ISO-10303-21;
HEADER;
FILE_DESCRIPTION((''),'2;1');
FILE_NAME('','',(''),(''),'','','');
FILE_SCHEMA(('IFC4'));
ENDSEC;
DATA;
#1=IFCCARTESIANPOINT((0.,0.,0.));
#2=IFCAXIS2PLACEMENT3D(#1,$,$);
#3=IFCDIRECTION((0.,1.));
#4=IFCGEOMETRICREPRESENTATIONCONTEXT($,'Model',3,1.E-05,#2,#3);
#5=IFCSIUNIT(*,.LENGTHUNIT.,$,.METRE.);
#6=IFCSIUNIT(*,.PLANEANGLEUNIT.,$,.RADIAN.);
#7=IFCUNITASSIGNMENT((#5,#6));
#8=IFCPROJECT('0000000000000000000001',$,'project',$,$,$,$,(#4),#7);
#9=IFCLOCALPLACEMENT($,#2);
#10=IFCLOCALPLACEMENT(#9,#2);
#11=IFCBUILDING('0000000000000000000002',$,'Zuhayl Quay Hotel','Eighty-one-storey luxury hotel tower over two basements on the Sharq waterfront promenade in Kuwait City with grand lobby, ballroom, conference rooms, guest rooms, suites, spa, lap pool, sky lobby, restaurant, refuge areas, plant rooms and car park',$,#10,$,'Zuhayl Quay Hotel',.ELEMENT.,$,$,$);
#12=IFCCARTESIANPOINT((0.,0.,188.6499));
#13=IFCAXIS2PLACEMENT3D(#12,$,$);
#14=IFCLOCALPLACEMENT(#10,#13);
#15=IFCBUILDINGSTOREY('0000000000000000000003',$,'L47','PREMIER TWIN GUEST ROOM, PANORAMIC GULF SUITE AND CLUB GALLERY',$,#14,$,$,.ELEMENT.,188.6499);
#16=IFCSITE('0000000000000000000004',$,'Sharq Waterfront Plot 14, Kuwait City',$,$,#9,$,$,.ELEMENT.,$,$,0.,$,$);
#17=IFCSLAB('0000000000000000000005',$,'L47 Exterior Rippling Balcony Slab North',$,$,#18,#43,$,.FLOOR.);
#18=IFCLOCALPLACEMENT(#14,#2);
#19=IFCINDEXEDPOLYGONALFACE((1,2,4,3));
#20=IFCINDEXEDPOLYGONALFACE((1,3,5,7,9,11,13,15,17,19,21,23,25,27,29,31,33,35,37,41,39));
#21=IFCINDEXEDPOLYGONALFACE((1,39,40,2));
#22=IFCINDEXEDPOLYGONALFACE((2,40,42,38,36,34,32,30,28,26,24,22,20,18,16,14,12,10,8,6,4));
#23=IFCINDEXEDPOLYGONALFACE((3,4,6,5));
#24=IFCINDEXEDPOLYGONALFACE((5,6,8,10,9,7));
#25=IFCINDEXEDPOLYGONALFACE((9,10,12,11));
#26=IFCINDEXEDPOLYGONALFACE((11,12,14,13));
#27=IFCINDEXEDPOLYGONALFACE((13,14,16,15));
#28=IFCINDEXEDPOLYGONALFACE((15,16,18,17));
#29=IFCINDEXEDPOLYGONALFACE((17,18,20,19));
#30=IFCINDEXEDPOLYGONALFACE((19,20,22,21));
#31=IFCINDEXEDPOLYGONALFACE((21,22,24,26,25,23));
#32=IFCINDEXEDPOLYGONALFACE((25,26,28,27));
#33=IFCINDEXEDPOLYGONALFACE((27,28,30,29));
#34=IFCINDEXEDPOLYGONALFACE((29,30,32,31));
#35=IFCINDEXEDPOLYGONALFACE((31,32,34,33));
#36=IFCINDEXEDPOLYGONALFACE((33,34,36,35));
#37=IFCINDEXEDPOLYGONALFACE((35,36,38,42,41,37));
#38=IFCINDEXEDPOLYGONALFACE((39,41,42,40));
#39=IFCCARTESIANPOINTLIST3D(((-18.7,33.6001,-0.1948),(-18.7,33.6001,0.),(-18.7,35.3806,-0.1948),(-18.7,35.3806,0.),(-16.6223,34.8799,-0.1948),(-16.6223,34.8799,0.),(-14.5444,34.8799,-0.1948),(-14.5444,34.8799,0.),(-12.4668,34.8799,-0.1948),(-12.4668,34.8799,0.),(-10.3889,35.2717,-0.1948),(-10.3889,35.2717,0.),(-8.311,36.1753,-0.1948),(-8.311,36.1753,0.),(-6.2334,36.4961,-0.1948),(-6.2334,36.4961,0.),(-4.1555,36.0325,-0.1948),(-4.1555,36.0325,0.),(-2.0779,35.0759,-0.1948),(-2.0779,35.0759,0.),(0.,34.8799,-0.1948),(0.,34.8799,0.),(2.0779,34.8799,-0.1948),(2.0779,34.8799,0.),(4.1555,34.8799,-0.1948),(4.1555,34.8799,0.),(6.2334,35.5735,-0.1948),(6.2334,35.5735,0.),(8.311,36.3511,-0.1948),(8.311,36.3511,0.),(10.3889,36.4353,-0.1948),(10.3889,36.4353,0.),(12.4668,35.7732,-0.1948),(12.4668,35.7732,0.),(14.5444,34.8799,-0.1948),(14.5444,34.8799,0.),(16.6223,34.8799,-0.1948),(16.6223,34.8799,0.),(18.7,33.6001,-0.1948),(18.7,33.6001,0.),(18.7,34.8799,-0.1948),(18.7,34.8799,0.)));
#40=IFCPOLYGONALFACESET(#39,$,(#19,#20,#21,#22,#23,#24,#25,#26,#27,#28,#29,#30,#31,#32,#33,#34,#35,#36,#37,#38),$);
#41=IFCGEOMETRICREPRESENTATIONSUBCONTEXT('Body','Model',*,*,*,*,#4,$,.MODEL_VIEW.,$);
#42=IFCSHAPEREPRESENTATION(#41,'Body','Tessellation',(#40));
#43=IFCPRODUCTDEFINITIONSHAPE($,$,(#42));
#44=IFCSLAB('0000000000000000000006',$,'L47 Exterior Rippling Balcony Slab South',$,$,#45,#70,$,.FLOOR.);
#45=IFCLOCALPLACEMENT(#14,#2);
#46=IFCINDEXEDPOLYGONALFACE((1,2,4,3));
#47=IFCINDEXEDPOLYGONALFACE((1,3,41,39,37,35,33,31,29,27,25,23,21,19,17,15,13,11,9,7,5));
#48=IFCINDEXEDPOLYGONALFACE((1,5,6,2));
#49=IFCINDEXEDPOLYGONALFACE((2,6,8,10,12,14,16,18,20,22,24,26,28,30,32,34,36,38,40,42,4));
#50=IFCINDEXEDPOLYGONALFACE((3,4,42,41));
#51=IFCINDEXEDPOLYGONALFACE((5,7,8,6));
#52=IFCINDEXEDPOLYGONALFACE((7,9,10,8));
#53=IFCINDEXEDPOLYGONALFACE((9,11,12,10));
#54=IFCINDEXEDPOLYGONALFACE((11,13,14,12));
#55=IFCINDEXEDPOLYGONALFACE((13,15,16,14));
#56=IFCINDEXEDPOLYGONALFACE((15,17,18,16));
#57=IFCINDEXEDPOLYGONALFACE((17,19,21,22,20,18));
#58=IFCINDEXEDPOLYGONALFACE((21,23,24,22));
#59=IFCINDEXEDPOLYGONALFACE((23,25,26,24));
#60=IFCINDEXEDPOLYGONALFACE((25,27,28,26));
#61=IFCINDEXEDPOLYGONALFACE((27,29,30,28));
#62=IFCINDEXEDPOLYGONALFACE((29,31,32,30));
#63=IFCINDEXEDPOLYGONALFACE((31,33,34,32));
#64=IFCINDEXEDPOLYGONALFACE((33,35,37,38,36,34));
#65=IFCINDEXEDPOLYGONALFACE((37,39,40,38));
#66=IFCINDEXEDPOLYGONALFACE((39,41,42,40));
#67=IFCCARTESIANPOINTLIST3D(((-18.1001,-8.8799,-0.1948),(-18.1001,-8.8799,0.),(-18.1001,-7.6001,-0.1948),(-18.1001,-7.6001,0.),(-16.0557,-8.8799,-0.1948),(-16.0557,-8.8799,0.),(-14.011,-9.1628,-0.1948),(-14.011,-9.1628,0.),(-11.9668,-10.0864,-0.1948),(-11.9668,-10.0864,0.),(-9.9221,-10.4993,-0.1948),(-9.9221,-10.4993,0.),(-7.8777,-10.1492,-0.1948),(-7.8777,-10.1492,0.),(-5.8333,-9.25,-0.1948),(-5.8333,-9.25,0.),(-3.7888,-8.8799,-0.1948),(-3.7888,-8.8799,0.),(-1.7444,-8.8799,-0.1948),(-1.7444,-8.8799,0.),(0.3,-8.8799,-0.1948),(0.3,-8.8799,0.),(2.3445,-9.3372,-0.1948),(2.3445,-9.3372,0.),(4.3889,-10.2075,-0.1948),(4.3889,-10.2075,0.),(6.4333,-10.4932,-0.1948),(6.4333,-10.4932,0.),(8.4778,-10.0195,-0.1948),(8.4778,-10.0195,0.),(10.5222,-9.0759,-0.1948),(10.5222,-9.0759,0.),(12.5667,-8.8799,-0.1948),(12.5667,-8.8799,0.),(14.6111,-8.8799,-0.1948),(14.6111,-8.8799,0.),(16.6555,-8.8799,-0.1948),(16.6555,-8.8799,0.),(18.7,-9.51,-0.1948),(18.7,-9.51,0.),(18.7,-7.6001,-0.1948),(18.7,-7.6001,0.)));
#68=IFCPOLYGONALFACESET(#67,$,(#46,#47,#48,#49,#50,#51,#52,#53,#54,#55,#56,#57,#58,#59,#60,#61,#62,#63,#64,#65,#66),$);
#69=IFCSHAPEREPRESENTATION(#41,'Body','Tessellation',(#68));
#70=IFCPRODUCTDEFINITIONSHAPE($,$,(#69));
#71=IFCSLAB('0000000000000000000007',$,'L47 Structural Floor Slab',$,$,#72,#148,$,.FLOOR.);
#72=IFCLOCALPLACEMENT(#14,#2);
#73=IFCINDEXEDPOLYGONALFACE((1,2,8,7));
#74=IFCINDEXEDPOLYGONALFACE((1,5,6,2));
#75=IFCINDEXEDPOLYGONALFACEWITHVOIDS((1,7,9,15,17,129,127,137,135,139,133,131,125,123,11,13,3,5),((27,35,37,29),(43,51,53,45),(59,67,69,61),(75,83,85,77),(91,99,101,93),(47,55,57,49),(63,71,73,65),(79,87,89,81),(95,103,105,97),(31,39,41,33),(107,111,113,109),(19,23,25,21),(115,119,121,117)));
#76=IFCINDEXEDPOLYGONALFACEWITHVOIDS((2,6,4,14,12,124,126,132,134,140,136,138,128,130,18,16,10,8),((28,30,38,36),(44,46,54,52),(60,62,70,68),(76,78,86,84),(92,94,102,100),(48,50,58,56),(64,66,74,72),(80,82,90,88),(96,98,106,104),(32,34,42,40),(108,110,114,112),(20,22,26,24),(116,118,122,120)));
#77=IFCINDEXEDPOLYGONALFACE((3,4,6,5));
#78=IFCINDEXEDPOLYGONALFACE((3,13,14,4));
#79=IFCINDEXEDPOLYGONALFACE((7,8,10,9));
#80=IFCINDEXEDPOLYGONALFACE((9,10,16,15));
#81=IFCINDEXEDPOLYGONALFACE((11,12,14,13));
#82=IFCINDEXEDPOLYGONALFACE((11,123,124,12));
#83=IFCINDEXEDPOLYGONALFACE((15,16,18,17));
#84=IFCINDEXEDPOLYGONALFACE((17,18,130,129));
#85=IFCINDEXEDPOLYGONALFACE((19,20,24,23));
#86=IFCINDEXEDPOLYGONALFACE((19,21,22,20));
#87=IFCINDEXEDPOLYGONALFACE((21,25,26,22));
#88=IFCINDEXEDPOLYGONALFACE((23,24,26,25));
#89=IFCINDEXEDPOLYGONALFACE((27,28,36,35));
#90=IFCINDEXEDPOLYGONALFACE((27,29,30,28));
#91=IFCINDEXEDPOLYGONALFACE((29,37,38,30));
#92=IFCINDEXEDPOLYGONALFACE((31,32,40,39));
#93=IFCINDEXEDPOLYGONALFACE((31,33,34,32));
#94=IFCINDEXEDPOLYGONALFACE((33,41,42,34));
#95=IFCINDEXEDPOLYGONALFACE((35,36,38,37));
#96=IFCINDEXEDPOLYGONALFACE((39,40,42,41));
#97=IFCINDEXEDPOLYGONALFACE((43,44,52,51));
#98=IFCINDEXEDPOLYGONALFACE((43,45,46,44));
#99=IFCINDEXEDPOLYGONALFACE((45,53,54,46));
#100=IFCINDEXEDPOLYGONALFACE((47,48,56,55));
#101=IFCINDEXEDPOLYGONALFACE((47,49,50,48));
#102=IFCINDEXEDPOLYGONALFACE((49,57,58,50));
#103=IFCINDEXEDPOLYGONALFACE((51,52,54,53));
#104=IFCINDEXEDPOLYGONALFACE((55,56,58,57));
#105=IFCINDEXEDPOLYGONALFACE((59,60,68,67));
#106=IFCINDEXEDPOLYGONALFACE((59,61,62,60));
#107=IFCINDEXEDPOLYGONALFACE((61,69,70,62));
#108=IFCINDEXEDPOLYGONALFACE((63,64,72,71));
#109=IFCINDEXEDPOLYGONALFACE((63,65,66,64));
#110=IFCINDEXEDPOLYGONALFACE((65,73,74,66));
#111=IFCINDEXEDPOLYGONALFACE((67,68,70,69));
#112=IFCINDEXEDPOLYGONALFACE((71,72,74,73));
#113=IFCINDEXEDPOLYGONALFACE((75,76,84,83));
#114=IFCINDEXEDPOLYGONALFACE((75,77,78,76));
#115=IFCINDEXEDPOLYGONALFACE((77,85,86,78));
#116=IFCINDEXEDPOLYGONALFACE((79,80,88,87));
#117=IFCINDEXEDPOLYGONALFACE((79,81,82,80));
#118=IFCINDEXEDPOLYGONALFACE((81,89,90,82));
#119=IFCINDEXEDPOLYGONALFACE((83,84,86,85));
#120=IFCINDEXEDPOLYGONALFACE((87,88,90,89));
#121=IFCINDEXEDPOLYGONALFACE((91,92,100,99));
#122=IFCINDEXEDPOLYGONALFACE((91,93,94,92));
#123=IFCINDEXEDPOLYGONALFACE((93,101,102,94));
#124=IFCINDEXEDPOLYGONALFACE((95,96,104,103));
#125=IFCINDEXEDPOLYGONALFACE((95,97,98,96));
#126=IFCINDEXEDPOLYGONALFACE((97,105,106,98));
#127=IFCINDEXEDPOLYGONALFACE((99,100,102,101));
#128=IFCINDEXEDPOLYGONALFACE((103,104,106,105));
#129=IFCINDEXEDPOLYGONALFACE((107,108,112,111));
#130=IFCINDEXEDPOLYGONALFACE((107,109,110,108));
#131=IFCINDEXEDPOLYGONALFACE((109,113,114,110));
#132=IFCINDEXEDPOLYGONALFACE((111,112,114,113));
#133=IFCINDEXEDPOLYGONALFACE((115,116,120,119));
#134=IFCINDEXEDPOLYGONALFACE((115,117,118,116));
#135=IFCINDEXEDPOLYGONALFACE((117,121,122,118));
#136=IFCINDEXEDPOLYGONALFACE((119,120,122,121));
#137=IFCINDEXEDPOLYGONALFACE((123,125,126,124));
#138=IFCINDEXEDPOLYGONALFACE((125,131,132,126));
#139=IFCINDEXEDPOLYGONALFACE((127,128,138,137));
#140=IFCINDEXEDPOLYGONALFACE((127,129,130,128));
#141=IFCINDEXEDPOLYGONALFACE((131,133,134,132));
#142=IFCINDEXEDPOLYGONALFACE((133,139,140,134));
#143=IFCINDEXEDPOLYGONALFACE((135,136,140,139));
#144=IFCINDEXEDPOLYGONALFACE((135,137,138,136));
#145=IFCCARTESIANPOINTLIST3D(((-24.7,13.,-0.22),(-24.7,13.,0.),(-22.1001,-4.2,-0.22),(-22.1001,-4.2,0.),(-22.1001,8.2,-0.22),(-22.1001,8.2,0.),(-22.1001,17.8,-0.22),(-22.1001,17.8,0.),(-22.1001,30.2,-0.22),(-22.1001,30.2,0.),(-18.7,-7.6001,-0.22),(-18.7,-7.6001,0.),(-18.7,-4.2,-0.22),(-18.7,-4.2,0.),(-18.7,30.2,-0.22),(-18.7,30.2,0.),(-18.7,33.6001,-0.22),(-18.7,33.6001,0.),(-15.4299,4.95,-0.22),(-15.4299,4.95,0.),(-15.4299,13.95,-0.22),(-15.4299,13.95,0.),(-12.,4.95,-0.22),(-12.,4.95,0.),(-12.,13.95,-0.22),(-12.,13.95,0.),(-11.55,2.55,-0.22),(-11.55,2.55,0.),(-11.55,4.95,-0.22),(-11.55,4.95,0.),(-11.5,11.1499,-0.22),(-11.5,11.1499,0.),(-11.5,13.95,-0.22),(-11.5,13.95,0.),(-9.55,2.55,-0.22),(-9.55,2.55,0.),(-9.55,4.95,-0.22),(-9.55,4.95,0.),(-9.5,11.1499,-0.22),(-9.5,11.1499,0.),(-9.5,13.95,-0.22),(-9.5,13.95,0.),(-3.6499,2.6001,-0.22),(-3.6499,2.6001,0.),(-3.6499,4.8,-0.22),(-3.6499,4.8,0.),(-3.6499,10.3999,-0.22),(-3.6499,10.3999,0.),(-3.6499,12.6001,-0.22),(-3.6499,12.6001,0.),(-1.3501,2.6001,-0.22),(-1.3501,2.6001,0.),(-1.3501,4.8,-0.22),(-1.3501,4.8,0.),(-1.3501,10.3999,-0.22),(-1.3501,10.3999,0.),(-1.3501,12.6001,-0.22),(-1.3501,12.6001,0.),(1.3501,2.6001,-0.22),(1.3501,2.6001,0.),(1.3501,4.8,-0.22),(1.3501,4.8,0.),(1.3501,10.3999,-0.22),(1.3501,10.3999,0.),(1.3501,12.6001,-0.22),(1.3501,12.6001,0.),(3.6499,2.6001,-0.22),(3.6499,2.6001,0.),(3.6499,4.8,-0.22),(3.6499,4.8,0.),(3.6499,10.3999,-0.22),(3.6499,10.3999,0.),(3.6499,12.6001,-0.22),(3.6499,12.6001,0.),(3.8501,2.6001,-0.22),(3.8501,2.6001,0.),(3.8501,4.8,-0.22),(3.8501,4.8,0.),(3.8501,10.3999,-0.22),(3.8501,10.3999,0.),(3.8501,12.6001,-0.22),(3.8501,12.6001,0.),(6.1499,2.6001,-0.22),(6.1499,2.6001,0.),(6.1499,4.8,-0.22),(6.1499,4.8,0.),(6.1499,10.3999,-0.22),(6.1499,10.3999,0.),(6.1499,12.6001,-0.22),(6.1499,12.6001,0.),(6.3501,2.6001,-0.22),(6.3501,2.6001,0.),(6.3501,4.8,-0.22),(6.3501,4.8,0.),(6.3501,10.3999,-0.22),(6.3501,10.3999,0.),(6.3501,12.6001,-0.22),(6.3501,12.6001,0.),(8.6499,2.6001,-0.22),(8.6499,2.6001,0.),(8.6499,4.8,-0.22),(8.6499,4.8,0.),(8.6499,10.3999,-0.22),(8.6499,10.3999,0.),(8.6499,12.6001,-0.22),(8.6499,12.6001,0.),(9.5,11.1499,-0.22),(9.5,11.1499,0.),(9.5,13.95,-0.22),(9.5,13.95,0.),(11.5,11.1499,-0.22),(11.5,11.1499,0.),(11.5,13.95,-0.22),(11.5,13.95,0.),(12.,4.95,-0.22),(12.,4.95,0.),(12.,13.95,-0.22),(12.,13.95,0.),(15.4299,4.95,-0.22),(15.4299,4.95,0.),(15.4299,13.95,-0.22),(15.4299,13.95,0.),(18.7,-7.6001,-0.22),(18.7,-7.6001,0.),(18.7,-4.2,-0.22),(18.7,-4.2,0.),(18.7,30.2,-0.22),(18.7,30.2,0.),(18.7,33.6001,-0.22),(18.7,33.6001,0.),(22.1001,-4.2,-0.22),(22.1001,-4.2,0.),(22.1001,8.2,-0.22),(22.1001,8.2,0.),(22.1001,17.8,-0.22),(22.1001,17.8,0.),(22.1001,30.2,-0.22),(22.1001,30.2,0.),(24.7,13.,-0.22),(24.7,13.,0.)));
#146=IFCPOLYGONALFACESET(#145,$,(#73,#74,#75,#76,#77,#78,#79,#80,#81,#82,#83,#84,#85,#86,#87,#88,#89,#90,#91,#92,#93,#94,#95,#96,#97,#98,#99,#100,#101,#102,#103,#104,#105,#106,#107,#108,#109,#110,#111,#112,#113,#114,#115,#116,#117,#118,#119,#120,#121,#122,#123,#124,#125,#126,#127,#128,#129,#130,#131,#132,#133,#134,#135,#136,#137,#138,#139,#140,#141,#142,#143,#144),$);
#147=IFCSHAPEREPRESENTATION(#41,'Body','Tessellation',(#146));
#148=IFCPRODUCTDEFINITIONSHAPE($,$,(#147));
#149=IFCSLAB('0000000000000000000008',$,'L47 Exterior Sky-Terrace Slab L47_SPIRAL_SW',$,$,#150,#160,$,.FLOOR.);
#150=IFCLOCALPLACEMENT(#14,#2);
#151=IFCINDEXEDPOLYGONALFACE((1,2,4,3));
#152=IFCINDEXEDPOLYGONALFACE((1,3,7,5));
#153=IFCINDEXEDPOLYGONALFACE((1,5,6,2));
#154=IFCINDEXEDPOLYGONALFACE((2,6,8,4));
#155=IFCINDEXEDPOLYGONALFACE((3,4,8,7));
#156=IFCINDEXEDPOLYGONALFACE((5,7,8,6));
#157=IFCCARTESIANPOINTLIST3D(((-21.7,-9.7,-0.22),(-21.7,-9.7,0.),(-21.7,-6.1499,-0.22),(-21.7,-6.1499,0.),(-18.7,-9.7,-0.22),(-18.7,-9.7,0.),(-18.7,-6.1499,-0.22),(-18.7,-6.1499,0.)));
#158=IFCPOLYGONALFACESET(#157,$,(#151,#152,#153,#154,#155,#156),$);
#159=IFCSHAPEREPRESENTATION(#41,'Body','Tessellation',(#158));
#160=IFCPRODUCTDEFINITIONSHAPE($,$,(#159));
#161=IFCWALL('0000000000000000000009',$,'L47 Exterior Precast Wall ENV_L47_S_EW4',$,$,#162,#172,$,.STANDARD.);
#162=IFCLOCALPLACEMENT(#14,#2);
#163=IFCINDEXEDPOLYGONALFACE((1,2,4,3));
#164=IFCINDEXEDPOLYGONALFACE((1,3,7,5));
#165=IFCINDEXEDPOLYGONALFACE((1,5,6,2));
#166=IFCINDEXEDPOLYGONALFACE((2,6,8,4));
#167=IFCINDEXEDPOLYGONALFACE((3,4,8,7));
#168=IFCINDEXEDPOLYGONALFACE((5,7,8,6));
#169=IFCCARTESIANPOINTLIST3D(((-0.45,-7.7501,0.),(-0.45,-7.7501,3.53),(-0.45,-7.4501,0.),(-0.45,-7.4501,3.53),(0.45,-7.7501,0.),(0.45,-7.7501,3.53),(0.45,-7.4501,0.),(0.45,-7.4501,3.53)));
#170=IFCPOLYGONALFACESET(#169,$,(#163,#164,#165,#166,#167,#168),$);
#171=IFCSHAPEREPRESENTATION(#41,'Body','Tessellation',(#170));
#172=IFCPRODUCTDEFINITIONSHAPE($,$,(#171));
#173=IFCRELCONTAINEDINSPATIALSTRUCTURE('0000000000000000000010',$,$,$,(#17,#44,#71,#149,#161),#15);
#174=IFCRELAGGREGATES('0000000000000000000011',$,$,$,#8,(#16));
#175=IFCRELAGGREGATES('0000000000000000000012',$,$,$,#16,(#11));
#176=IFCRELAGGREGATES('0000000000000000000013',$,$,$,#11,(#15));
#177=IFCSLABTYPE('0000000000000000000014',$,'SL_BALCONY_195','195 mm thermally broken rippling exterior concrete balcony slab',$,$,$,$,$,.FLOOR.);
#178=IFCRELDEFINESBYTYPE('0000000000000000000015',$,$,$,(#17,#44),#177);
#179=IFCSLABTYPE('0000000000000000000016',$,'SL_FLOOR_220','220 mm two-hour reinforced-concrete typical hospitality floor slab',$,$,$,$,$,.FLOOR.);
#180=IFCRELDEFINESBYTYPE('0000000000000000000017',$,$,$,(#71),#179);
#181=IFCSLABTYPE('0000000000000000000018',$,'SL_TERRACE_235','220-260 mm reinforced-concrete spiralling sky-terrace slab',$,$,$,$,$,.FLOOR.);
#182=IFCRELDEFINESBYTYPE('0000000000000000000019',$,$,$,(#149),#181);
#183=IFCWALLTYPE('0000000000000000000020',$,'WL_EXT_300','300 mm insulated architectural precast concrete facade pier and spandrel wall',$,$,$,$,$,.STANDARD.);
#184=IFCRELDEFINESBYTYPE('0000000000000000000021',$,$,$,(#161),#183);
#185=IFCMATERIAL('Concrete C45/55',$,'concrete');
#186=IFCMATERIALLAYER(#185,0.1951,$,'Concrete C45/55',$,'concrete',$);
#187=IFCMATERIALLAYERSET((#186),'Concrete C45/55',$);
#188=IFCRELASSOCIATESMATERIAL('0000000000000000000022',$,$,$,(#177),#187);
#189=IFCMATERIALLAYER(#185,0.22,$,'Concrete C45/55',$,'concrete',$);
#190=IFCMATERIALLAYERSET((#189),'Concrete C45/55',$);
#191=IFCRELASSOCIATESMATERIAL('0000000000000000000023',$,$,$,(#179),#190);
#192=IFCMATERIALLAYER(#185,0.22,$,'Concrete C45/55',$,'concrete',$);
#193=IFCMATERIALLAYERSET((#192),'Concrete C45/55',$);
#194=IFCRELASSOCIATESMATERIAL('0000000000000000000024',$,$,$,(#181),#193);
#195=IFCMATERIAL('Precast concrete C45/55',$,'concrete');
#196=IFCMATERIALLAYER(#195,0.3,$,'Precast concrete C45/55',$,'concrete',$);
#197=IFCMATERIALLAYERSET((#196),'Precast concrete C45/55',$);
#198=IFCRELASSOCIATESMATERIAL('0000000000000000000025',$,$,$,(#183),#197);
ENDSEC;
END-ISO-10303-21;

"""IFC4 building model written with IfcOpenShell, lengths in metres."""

from ifc_helpers import new_model, si_unit, direction, frame, frame_2d, origin, place, context, subcontext, project, spatial, polyline, rectangle, outline, extrude, material, layer, layer_set, type_object, element, save


model = new_model("IFC4")

# Units and contexts
model_context = context("Model", 3, precision=1e-05, world=origin(), true_north=direction((0.0, 1.0)))
body_context = subcontext(model_context, "Body", "Model", "MODEL_VIEW")
ifc_project = project(units=[si_unit("LENGTHUNIT", "METRE"), si_unit("PLANEANGLEUNIT", "RADIAN")], contexts=[model_context])

# Site, building, storey
site_placement = place(None, origin())
site = spatial("IfcSite", under=ifc_project, at=site_placement, Name="Sharq Waterfront Plot 14, Kuwait City", CompositionType="ELEMENT", RefElevation=0.0)
building_placement = place(site_placement, origin())
building = spatial("IfcBuilding", under=site, at=building_placement, Name="Zuhayl Quay Hotel", Description="Eighty-one-storey luxury hotel tower over two basements on the Sharq waterfront promenade in Kuwait City with grand lobby, ballroom, conference rooms, guest rooms, suites, spa, lap pool, sky lobby, restaurant, refuge areas, plant rooms and car park", LongName="Zuhayl Quay Hotel", CompositionType="ELEMENT")
storey_placement = place(building_placement, frame((0.0, 0.0, 188.6499)))
storey = spatial("IfcBuildingStorey", under=building, at=storey_placement, Name="L47", Description="PREMIER TWIN GUEST ROOM, PANORAMIC GULF SUITE AND CLUB GALLERY", CompositionType="ELEMENT", Elevation=188.6499)

# Slabs
ifc_material_1 = material(Name="Concrete C45/55", Category="concrete")
ifc_layer_1 = layer(ifc_material_1, 0.1951, Name="Concrete C45/55", Category="concrete")
ifc_layer_set_1 = layer_set([ifc_layer_1], Name="Concrete C45/55")
slab_type_1 = type_object("IfcSlabType", Name="SL_BALCONY_195", Description="195 mm thermally broken rippling exterior concrete balcony slab", PredefinedType="FLOOR", material=ifc_layer_set_1)
slab_1_placement = place(storey_placement, frame((0.0, 0.0, -0.1948)))
element("IfcSlab", 1, at=slab_1_placement, inside=storey, type_object=slab_type_1, Name="L47 Exterior Rippling Balcony Slab North", PredefinedType="FLOOR", context=body_context, shape_type="SweptSolid", body=[
    extrude(outline(polyline([(-18.7, 33.6001), (18.7, 33.6001), (18.7, 34.8799), (16.6223, 34.8799), (14.5444, 34.8799), (12.4668, 35.7732), (10.3889, 36.4353), (8.311, 36.3511), (6.2334, 35.5735), (4.1555, 34.8799), (2.0779, 34.8799), (0.0, 34.8799), (-2.0779, 35.0759), (-4.1555, 36.0325), (-6.2334, 36.4961), (-8.311, 36.1753), (-10.3889, 35.2717), (-12.4668, 34.8799), (-14.5444, 34.8799), (-16.6223, 34.8799), (-18.7, 35.3806), (-18.7, 33.6001)])), origin(), (0.0, 0.0, 1.0), 0.1948),
])
slab_2_placement = place(storey_placement, frame((0.0, 0.0, -0.1948)))
element("IfcSlab", 2, at=slab_2_placement, inside=storey, type_object=slab_type_1, Name="L47 Exterior Rippling Balcony Slab South", PredefinedType="FLOOR", context=body_context, shape_type="SweptSolid", body=[
    extrude(outline(polyline([(-18.1001, -8.8799), (-16.0557, -8.8799), (-14.011, -9.1628), (-11.9668, -10.0864), (-9.9221, -10.4993), (-7.8777, -10.1492), (-5.8333, -9.25), (-3.7888, -8.8799), (-1.7444, -8.8799), (0.3, -8.8799), (2.3445, -9.3372), (4.3889, -10.2075), (6.4333, -10.4932), (8.4778, -10.0195), (10.5222, -9.0759), (12.5667, -8.8799), (14.6111, -8.8799), (16.6555, -8.8799), (18.7, -9.51), (18.7, -7.6001), (-18.1001, -7.6001), (-18.1001, -8.8799)])), origin(), (0.0, 0.0, 1.0), 0.1948),
])
ifc_layer_2 = layer(ifc_material_1, 0.22, Name="Concrete C45/55", Category="concrete")
ifc_layer_set_2 = layer_set([ifc_layer_2], Name="Concrete C45/55")
slab_type_2 = type_object("IfcSlabType", Name="SL_FLOOR_220", Description="220 mm two-hour reinforced-concrete typical hospitality floor slab", PredefinedType="FLOOR", material=ifc_layer_set_2)
slab_3_placement = place(storey_placement, frame((0.0, 0.0, -0.22)))
element("IfcSlab", 3, at=slab_3_placement, inside=storey, type_object=slab_type_2, Name="L47 Structural Floor Slab", PredefinedType="FLOOR", context=body_context, shape_type="SweptSolid", body=[
    extrude(outline(polyline([(-18.7, -7.6001), (18.7, -7.6001), (18.7, -4.2), (22.1001, -4.2), (22.1001, 8.2), (24.7, 13.0), (22.1001, 17.8), (22.1001, 30.2), (18.7, 30.2), (18.7, 33.6001), (-18.7, 33.6001), (-18.7, 30.2), (-22.1001, 30.2), (-22.1001, 17.8), (-24.7, 13.0), (-22.1001, 8.2), (-22.1001, -4.2), (-18.7, -4.2), (-18.7, -7.6001)]), holes=[polyline([(-12.0, 4.95), (-12.0, 13.95), (-15.4299, 13.95), (-15.4299, 4.95), (-12.0, 4.95)]), polyline([(15.4299, 4.95), (15.4299, 13.95), (12.0, 13.95), (12.0, 4.95), (15.4299, 4.95)]), polyline([(-11.5, 11.1499), (-9.5, 11.1499), (-9.5, 13.95), (-11.5, 13.95), (-11.5, 11.1499)]), polyline([(9.5, 11.1499), (11.5, 11.1499), (11.5, 13.95), (9.5, 13.95), (9.5, 11.1499)]), polyline([(-3.6499, 2.6001), (-1.3501, 2.6001), (-1.3501, 4.8), (-3.6499, 4.8), (-3.6499, 2.6001)]), polyline([(1.3501, 2.6001), (3.6499, 2.6001), (3.6499, 4.8), (1.3501, 4.8), (1.3501, 2.6001)]), polyline([(-3.6499, 10.3999), (-1.3501, 10.3999), (-1.3501, 12.6001), (-3.6499, 12.6001), (-3.6499, 10.3999)]), polyline([(1.3501, 10.3999), (3.6499, 10.3999), (3.6499, 12.6001), (1.3501, 12.6001), (1.3501, 10.3999)]), polyline([(3.8501, 2.6001), (6.1499, 2.6001), (6.1499, 4.8), (3.8501, 4.8), (3.8501, 2.6001)]), polyline([(6.3501, 2.6001), (8.6499, 2.6001), (8.6499, 4.8), (6.3501, 4.8), (6.3501, 2.6001)]), polyline([(3.8501, 10.3999), (6.1499, 10.3999), (6.1499, 12.6001), (3.8501, 12.6001), (3.8501, 10.3999)]), polyline([(6.3501, 10.3999), (8.6499, 10.3999), (8.6499, 12.6001), (6.3501, 12.6001), (6.3501, 10.3999)]), polyline([(-11.55, 2.55), (-9.55, 2.55), (-9.55, 4.95), (-11.55, 4.95), (-11.55, 2.55)])]), origin(), (0.0, 0.0, 1.0), 0.22),
])
ifc_layer_3 = layer(ifc_material_1, 0.22, Name="Concrete C45/55", Category="concrete")
ifc_layer_set_3 = layer_set([ifc_layer_3], Name="Concrete C45/55")
slab_type_3 = type_object("IfcSlabType", Name="SL_TERRACE_235", Description="220-260 mm reinforced-concrete spiralling sky-terrace slab", PredefinedType="FLOOR", material=ifc_layer_set_3)
slab_4_placement = place(storey_placement, frame((0.0, 0.0, -0.22)))
element("IfcSlab", 4, at=slab_4_placement, inside=storey, type_object=slab_type_3, Name="L47 Exterior Sky-Terrace Slab L47_SPIRAL_SW", PredefinedType="FLOOR", context=body_context, shape_type="SweptSolid", body=[
    extrude(outline(polyline([(-21.7, -9.7), (-18.7, -9.7), (-18.7, -6.1499), (-21.7, -6.1499), (-21.7, -9.7)])), origin(), (0.0, 0.0, 1.0), 0.22),
])

# Wall
ifc_material_2 = material(Name="Precast concrete C45/55", Category="concrete")
ifc_layer_4 = layer(ifc_material_2, 0.3, Name="Precast concrete C45/55", Category="concrete")
ifc_layer_set_4 = layer_set([ifc_layer_4], Name="Precast concrete C45/55")
wall_type_1 = type_object("IfcWallType", Name="WL_EXT_300", Description="300 mm insulated architectural precast concrete facade pier and spandrel wall", PredefinedType="STANDARD", material=ifc_layer_set_4)
wall_1_placement = place(storey_placement, frame((0.45, -7.6001, 0.0), z_axis=(0.0, 0.0, 1.0), x_axis=(-1.0, 0.0, 0.0)))
element("IfcWall", 5, at=wall_1_placement, inside=storey, type_object=wall_type_1, Name="L47 Exterior Precast Wall ENV_L47_S_EW4", PredefinedType="STANDARD", context=body_context, shape_type="SweptSolid", body=[
    extrude(rectangle(XDim=0.8999, YDim=0.3, at=frame_2d((0.45, 0.0))), origin(), (0.0, 0.0, 1.0), 3.53),
])

save(model, "model.ifc")
